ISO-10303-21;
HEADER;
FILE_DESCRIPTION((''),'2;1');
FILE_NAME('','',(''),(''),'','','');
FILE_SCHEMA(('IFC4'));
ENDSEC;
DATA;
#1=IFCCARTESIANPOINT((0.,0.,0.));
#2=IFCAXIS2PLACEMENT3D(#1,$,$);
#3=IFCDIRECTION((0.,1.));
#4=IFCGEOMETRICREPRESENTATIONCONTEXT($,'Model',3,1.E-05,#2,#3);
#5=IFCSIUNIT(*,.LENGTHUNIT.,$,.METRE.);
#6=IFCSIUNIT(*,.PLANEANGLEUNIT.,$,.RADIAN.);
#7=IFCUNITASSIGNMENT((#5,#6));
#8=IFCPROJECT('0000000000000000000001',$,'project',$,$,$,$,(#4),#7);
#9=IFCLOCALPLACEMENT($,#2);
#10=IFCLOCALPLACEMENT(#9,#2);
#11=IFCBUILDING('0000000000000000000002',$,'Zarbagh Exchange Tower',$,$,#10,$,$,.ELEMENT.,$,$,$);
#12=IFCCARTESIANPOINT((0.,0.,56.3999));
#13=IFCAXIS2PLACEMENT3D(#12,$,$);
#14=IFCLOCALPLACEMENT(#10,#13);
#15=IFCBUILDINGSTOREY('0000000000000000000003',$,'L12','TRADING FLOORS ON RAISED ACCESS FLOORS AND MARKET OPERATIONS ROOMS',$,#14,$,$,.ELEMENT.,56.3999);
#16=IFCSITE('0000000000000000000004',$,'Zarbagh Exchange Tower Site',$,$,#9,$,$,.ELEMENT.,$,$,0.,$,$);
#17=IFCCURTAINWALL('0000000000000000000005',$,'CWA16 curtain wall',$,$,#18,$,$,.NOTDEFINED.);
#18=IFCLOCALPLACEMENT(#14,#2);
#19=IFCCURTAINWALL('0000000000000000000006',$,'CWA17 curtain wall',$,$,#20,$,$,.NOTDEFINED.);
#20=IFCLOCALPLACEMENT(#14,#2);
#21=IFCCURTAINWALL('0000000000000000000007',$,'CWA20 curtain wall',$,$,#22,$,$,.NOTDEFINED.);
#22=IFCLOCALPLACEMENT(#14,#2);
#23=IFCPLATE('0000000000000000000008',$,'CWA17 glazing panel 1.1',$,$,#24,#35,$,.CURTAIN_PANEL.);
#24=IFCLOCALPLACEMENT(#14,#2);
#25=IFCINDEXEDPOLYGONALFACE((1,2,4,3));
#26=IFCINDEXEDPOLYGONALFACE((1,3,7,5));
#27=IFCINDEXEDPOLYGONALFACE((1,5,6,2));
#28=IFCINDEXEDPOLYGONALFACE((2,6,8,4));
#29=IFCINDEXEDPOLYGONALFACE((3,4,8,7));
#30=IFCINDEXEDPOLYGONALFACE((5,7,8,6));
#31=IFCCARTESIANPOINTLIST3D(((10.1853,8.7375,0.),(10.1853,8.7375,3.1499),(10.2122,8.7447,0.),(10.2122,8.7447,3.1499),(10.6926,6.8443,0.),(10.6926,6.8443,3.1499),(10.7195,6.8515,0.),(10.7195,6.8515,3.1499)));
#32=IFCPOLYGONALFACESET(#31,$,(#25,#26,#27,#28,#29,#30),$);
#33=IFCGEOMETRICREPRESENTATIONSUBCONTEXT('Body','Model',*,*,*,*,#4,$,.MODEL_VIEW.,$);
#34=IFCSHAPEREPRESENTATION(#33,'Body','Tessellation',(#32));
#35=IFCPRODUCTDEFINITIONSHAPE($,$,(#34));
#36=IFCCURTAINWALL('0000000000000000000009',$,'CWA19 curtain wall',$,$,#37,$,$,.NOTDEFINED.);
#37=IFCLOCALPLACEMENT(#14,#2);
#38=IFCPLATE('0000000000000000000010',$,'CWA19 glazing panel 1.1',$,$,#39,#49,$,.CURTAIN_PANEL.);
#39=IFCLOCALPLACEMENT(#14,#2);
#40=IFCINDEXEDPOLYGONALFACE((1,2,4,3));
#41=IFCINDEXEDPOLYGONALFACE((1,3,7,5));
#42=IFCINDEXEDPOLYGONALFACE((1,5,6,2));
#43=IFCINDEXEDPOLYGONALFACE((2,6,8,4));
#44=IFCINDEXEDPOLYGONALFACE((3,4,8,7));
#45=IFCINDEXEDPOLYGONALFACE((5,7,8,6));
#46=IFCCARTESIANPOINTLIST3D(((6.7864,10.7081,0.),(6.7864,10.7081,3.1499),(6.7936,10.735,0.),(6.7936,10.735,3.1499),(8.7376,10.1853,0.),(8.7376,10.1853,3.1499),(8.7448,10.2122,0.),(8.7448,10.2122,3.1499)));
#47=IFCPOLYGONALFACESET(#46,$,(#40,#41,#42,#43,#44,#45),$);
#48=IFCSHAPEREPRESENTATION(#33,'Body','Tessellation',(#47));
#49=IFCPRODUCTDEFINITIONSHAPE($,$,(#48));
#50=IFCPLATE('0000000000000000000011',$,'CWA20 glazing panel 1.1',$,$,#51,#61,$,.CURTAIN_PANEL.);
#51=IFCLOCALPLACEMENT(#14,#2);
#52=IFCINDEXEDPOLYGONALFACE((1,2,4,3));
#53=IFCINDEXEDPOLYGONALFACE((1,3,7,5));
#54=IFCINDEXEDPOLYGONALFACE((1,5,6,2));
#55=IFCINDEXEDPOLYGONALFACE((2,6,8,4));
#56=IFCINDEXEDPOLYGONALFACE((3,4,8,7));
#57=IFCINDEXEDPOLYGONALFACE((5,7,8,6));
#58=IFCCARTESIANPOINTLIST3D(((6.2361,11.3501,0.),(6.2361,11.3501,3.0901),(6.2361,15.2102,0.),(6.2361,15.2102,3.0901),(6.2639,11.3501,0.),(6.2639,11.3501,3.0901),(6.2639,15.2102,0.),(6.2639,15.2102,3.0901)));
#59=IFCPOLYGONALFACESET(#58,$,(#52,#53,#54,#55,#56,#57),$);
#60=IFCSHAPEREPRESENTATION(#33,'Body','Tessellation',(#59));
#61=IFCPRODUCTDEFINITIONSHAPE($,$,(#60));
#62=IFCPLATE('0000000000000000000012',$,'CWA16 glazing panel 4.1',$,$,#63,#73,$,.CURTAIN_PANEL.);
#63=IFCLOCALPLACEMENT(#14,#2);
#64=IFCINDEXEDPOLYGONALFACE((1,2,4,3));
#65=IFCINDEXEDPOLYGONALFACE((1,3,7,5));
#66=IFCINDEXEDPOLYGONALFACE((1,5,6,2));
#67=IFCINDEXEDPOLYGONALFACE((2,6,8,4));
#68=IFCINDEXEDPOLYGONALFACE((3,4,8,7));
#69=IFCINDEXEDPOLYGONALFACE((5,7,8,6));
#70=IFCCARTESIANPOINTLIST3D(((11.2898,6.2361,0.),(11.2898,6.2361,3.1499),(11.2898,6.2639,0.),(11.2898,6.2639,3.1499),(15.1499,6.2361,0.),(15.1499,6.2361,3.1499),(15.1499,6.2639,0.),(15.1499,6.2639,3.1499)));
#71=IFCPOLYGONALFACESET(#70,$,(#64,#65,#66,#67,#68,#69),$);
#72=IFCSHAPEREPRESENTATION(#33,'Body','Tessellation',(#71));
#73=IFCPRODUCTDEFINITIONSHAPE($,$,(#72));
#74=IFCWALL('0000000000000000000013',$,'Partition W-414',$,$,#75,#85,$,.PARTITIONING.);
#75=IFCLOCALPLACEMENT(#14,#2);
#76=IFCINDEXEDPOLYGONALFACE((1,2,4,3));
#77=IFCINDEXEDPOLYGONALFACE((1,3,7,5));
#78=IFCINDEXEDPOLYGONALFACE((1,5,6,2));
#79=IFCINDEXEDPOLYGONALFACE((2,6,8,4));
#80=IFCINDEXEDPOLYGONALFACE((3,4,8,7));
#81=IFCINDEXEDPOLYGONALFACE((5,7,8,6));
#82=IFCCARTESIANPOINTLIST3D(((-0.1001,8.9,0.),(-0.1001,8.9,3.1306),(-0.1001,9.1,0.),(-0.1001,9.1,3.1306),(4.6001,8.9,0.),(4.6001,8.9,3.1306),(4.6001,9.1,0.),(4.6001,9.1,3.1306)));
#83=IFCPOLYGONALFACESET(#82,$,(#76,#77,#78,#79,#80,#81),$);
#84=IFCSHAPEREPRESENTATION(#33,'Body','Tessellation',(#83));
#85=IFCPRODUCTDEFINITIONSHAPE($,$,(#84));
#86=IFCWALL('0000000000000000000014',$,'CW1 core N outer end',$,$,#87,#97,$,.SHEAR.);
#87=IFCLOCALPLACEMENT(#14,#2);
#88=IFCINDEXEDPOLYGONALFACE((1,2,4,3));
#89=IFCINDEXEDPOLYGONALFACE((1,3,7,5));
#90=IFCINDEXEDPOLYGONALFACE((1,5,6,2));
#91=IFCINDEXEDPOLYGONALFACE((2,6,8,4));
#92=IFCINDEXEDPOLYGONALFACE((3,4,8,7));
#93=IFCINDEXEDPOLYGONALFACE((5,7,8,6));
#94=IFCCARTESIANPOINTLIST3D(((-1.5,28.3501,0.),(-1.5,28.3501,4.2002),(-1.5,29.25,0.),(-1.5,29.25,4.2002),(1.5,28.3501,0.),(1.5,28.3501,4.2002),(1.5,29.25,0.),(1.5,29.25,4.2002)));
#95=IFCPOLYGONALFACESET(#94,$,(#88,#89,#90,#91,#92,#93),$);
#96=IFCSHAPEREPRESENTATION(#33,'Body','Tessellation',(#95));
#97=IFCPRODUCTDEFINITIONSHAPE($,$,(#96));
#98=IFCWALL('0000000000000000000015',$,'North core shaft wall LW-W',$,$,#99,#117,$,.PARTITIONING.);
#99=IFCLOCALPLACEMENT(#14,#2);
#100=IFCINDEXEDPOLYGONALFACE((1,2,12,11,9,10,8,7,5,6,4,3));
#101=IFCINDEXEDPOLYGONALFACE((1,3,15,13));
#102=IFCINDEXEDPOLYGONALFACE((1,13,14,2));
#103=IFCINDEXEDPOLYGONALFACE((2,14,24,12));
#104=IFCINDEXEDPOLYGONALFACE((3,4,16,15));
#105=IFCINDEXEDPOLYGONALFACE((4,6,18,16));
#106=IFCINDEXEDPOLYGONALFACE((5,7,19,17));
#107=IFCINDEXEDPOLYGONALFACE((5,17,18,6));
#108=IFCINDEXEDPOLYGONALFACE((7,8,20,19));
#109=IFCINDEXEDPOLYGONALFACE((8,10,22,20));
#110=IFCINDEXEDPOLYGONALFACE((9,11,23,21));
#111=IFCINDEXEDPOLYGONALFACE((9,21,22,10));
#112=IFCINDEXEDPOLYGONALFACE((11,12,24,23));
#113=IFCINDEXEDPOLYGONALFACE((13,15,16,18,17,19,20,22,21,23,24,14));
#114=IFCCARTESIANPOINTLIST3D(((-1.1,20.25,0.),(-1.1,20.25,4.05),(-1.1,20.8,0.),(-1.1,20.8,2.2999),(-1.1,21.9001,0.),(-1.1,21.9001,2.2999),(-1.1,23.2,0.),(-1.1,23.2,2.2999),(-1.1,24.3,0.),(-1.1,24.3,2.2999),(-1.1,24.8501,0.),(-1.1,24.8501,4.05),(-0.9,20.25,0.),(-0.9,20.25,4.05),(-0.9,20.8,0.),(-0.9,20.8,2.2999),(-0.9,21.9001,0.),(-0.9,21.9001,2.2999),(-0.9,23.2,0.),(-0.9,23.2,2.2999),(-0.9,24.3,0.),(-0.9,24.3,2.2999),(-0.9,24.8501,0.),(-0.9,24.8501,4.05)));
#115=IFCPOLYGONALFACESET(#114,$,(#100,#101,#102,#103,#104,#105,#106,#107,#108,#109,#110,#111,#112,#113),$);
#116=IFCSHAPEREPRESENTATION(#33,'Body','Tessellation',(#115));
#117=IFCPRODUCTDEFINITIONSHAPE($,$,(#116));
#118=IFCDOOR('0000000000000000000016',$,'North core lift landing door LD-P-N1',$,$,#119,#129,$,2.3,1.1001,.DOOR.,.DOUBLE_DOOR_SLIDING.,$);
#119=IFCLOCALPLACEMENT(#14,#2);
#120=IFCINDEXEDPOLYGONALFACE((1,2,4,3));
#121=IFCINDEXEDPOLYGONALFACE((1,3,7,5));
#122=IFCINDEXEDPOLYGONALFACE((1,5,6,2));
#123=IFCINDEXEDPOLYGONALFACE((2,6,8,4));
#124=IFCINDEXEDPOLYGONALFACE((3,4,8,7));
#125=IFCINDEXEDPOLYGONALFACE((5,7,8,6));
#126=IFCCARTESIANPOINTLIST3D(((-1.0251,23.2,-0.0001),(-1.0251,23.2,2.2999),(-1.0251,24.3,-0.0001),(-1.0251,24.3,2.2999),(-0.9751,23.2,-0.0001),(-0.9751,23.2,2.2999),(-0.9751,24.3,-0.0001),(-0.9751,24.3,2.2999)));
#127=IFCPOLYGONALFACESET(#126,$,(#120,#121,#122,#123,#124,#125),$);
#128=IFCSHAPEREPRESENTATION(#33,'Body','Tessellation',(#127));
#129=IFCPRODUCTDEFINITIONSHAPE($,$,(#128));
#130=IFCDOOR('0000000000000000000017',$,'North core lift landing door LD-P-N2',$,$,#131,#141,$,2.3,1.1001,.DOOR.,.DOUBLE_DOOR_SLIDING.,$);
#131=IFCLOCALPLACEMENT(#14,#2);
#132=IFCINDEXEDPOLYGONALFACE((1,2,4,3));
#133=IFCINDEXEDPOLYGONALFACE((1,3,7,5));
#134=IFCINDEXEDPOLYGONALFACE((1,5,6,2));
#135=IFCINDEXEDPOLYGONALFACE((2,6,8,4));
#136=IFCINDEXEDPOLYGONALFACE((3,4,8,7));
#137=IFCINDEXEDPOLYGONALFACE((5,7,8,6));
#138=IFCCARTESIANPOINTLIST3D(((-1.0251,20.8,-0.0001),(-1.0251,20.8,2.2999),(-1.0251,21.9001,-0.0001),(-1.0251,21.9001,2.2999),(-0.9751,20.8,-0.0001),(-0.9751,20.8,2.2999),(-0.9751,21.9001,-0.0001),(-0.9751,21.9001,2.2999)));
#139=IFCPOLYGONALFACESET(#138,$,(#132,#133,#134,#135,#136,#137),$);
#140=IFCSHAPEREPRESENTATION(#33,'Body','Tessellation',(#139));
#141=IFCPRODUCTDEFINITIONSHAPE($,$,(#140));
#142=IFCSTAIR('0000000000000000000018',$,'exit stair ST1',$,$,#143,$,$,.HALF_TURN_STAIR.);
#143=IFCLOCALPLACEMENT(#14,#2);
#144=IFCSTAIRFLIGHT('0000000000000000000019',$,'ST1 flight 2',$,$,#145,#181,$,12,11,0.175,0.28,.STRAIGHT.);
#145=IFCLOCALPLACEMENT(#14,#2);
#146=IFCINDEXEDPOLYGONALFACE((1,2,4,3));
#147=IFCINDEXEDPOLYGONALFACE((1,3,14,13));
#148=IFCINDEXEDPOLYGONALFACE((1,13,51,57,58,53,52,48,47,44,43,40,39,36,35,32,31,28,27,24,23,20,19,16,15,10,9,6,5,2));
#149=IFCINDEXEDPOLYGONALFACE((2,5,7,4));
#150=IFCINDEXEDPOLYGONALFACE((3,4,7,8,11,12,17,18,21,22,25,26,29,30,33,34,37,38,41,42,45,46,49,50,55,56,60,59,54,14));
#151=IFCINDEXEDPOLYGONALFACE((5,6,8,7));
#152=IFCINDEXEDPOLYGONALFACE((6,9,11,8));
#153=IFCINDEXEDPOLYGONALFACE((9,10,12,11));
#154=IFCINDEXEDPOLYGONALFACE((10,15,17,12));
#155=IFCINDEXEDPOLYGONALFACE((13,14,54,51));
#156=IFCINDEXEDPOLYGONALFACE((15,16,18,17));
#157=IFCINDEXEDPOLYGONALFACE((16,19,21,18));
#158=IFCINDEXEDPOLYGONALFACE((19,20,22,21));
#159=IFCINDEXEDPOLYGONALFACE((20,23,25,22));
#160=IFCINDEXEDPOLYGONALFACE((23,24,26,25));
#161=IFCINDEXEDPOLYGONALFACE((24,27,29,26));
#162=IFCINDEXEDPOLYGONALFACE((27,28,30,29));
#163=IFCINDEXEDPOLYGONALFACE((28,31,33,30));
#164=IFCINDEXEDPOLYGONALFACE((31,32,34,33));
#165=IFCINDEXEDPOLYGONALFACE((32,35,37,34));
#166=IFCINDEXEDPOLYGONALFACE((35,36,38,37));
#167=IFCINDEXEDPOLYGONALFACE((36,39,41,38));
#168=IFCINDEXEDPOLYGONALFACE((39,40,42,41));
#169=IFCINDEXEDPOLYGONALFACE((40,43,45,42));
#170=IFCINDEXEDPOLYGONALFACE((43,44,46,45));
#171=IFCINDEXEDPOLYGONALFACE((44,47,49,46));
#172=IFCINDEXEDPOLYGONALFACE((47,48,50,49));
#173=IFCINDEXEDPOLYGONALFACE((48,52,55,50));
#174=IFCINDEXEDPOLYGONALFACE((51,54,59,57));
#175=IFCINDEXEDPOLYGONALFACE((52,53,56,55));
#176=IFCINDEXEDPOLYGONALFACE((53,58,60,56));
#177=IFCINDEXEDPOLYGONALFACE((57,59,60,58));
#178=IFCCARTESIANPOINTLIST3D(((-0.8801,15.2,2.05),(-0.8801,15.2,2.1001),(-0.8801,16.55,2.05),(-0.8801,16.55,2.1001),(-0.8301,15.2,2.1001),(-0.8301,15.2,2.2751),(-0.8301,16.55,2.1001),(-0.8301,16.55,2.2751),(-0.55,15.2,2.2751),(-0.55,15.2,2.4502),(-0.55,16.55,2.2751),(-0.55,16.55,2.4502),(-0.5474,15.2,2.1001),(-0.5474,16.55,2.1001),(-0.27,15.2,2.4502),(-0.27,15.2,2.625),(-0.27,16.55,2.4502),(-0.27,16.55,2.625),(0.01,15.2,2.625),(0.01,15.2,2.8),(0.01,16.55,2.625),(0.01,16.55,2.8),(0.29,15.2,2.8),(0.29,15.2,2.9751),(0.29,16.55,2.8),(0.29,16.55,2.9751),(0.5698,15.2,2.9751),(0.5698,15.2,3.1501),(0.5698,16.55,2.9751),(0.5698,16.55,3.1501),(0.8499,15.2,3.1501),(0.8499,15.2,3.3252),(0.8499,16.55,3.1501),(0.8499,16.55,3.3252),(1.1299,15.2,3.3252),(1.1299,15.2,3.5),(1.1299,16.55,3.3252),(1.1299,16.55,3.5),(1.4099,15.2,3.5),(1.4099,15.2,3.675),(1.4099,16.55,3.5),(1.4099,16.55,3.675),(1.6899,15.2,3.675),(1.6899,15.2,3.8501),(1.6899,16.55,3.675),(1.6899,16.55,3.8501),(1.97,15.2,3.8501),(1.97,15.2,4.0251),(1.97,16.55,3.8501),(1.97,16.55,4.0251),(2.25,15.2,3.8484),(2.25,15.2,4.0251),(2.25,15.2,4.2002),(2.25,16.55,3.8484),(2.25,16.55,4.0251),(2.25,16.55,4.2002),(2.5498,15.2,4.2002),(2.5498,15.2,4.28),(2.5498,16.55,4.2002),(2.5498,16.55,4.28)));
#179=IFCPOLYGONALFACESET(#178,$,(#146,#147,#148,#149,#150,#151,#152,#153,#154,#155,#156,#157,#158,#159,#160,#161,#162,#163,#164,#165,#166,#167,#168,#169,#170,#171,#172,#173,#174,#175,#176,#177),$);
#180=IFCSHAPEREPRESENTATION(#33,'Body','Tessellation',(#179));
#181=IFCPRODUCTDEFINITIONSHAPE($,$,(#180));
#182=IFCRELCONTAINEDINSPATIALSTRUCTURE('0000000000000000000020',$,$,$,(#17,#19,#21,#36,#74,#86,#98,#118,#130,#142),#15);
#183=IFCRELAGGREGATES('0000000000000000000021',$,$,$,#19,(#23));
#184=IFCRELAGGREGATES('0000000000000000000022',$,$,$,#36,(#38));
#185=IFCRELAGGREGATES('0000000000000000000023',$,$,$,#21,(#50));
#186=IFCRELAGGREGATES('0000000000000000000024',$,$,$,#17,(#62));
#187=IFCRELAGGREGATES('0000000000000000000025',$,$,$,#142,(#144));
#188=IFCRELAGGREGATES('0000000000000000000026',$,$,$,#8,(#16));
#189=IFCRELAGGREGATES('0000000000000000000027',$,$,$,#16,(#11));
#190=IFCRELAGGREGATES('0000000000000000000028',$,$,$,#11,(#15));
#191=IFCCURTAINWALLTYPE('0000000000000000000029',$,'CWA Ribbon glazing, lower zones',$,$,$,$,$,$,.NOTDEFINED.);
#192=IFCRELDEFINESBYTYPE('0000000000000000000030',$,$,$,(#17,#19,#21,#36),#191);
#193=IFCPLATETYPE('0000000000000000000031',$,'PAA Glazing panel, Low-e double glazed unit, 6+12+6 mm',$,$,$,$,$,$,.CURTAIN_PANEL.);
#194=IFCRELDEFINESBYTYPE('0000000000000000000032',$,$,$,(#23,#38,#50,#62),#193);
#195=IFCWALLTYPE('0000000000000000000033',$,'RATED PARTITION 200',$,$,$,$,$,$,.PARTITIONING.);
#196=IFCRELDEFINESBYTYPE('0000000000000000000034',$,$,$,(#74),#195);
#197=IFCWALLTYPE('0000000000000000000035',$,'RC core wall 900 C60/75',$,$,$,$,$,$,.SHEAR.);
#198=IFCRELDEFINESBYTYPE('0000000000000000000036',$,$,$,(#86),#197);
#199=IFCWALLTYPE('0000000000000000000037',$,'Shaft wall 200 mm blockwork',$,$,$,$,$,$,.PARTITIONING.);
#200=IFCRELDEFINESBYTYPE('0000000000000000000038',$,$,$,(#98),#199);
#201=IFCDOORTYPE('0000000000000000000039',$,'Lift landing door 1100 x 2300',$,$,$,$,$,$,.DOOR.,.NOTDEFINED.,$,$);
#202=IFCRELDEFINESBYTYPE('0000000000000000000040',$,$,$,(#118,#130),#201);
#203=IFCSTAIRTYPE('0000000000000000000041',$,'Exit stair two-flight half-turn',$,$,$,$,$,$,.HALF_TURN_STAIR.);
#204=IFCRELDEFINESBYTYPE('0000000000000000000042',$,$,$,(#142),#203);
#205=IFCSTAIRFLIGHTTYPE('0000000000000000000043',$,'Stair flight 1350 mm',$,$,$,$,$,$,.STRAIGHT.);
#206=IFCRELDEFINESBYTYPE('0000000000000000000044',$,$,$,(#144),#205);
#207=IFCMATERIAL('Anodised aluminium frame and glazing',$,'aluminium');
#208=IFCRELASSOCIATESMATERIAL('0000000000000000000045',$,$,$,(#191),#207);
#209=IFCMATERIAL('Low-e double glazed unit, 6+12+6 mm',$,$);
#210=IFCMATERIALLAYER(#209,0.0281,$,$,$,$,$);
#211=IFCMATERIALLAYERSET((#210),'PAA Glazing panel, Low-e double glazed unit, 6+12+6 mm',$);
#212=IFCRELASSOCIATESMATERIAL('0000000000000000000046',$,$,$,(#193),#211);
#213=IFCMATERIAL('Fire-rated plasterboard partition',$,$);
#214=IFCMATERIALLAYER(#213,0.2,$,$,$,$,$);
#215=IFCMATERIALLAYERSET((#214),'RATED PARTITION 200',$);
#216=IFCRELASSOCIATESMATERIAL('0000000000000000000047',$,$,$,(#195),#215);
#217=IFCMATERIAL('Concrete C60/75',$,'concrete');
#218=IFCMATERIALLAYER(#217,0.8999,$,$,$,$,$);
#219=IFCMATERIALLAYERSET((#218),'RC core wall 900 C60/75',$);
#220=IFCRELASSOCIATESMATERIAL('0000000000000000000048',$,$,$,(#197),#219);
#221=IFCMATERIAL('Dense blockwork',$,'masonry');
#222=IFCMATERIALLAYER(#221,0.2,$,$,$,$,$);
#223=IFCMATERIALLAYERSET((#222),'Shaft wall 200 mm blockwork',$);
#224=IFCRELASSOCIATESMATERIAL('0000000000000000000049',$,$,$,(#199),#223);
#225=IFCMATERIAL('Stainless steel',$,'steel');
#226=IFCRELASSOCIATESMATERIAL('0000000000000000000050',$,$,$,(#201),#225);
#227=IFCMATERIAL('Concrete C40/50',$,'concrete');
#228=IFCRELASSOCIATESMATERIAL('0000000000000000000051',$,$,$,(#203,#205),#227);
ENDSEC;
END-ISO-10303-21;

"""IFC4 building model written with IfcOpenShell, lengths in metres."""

from ifc_helpers import new_model, si_unit, direction, frame, frame_2d, origin, place, context, subcontext, project, spatial, polyline, rectangle, outline, extrude, source, transform, mapped, material, layer, layer_set, type_object, element, fill, aggregate, save


model = new_model("IFC4")

# Units and contexts
model_context = context("Model", 3, precision=1e-05, world=origin(), true_north=direction((0.0, 1.0)))
body_context = subcontext(model_context, "Body", "Model", "MODEL_VIEW")
ifc_project = project(units=[si_unit("LENGTHUNIT", "METRE"), si_unit("PLANEANGLEUNIT", "RADIAN")], contexts=[model_context])

# Site, building, storey
site_placement = place(None, origin())
site = spatial("IfcSite", under=ifc_project, at=site_placement, Name="Zarbagh Exchange Tower Site", CompositionType="ELEMENT", RefElevation=0.0)
building_placement = place(site_placement, origin())
building = spatial("IfcBuilding", under=site, at=building_placement, Name="Zarbagh Exchange Tower", CompositionType="ELEMENT")
storey_placement = place(building_placement, frame((0.0, 0.0, 56.3999)))
storey = spatial("IfcBuildingStorey", under=building, at=storey_placement, Name="L12", Description="TRADING FLOORS ON RAISED ACCESS FLOORS AND MARKET OPERATIONS ROOMS", CompositionType="ELEMENT", Elevation=56.3999)

# Shared definitions
ifc_material_1 = material(Name="Concrete C60/75", Category="concrete")

# Curtain wall
ifc_material_2 = material(Name="Anodised aluminium frame and glazing", Category="aluminium")
curtain_wall_type = type_object("IfcCurtainWallType", Name="CWA Ribbon glazing, lower zones", PredefinedType="NOTDEFINED", material=ifc_material_2)
curtain_wall_1_placement = place(storey_placement, origin())
curtain_wall_1 = element("IfcCurtainWall", 1, at=curtain_wall_1_placement, inside=storey, type_object=curtain_wall_type, Name="CWA16 curtain wall", PredefinedType="NOTDEFINED")
placement = place(storey_placement, origin())

# Curtain wall
curtain_wall_2_placement = place(storey_placement, origin())
curtain_wall_2 = element("IfcCurtainWall", 2, at=curtain_wall_2_placement, inside=storey, type_object=curtain_wall_type, Name="CWA17 curtain wall", PredefinedType="NOTDEFINED")

# Curtain wall
curtain_wall_3_placement = place(storey_placement, origin())
curtain_wall_3 = element("IfcCurtainWall", 3, at=curtain_wall_3_placement, inside=storey, type_object=curtain_wall_type, Name="CWA20 curtain wall", PredefinedType="NOTDEFINED")

# Shared definitions
ifc_material_3 = material(Name="Low-e double glazed unit, 6+12+6 mm")
ifc_layer_1 = layer(ifc_material_3, 0.0281)
ifc_layer_set_1 = layer_set([ifc_layer_1], Name="PAA Glazing panel, Low-e double glazed unit, 6+12+6 mm")
plate_type = type_object("IfcPlateType", Name="PAA Glazing panel, Low-e double glazed unit, 6+12+6 mm", PredefinedType="CURTAIN_PANEL", material=ifc_layer_set_1)

# Plate
shared_shape_1 = source(origin(), body_context, "Body", "SweptSolid", [
    extrude(outline(polyline([(0.0, -0.0139), (1.96, -0.0139), (1.96, 0.0139), (0.0, 0.0139), (0.0, -0.0139)])), origin(), (0.0, 0.0, 1.0), 3.1499),
])
plate_1 = element("IfcPlate", 4, at=placement, type_object=plate_type, Name="CWA17 glazing panel 1.1", PredefinedType="CURTAIN_PANEL", context=body_context, shape_type="MappedRepresentation", body=[
    mapped(shared_shape_1, transform((10.7061, 6.8479, 0.0), x_axis=(-0.258825, 0.965924, 0.0), y_axis=(-0.965924, -0.258825, 0.0), z_axis=(0.0, 0.0, 1.0))),
])
aggregate(curtain_wall_2, [plate_1])

# Curtain wall, plate
curtain_wall_4_placement = place(storey_placement, origin())
curtain_wall_4 = element("IfcCurtainWall", 5, at=curtain_wall_4_placement, inside=storey, type_object=curtain_wall_type, Name="CWA19 curtain wall", PredefinedType="NOTDEFINED")
shared_shape_2 = source(origin(), body_context, "Body", "SweptSolid", [
    extrude(outline(polyline([(0.0, -0.0139), (2.02, -0.0139), (2.02, 0.0139), (0.0, 0.0139), (0.0, -0.0139)])), origin(), (0.0, 0.0, 1.0), 3.1499),
])
plate_2 = element("IfcPlate", 6, at=placement, type_object=plate_type, Name="CWA19 glazing panel 1.1", PredefinedType="CURTAIN_PANEL", context=body_context, shape_type="MappedRepresentation", body=[
    mapped(shared_shape_2, transform((8.7412, 10.1987, 0.0), x_axis=(-0.965924, 0.258825, 0.0), y_axis=(-0.258825, -0.965924, 0.0), z_axis=(0.0, 0.0, 1.0))),
])
aggregate(curtain_wall_4, [plate_2])

# Plates
shared_shape_3 = source(origin(), body_context, "Body", "SweptSolid", [
    extrude(outline(polyline([(0.0, -0.0139), (3.8601, -0.0139), (3.8601, 0.0139), (0.0, 0.0139), (0.0, -0.0139)])), origin(), (0.0, 0.0, 1.0), 3.0901),
])
plate_3 = element("IfcPlate", 7, at=placement, type_object=plate_type, Name="CWA20 glazing panel 1.1", PredefinedType="CURTAIN_PANEL", context=body_context, shape_type="MappedRepresentation", body=[
    mapped(shared_shape_3, transform((6.25, 11.3501, 0.0), x_axis=(0.0, 1.0, 0.0), y_axis=(-1.0, 0.0, 0.0), z_axis=(0.0, 0.0, 1.0))),
])
aggregate(curtain_wall_3, [plate_3])
shared_shape_4 = source(origin(), body_context, "Body", "SweptSolid", [
    extrude(outline(polyline([(0.0, -0.0139), (3.8601, -0.0139), (3.8601, 0.0139), (0.0, 0.0139), (0.0, -0.0139)])), origin(), (0.0, 0.0, 1.0), 3.1499),
])
plate_4 = element("IfcPlate", 8, at=placement, type_object=plate_type, Name="CWA16 glazing panel 4.1", PredefinedType="CURTAIN_PANEL", context=body_context, shape_type="MappedRepresentation", body=[
    mapped(shared_shape_4, transform((15.1499, 6.25, 0.0), x_axis=(-1.0, 0.0, 0.0), y_axis=(0.0, -1.0, 0.0), z_axis=(0.0, 0.0, 1.0))),
])
aggregate(curtain_wall_1, [plate_4])

# Walls
ifc_material_4 = material(Name="Fire-rated plasterboard partition")
ifc_layer_2 = layer(ifc_material_4, 0.2)
ifc_layer_set_2 = layer_set([ifc_layer_2], Name="RATED PARTITION 200")
wall_type_1 = type_object("IfcWallType", Name="RATED PARTITION 200", PredefinedType="PARTITIONING", material=ifc_layer_set_2)
wall_1_placement = place(storey_placement, frame((-0.1001, 9.0, 0.0), z_axis=(0.0, 0.0, 1.0), x_axis=(1.0, 0.0, 0.0)))
element("IfcWall", 9, at=wall_1_placement, inside=storey, type_object=wall_type_1, Name="Partition W-414", PredefinedType="PARTITIONING", context=body_context, shape_type="SweptSolid", body=[
    extrude(rectangle(XDim=4.7002, YDim=0.2, at=frame_2d((2.3501, 0.0))), origin(), (0.0, 0.0, 1.0), 3.1306),
])
ifc_layer_3 = layer(ifc_material_1, 0.8999)
ifc_layer_set_3 = layer_set([ifc_layer_3], Name="RC core wall 900 C60/75")
wall_type_2 = type_object("IfcWallType", Name="RC core wall 900 C60/75", PredefinedType="SHEAR", material=ifc_layer_set_3)
wall_2_placement = place(storey_placement, frame((-1.5, 28.8, 0.0), z_axis=(0.0, 0.0, 1.0), x_axis=(1.0, 0.0, 0.0)))
element("IfcWall", 10, at=wall_2_placement, inside=storey, type_object=wall_type_2, Name="CW1 core N outer end", PredefinedType="SHEAR", context=body_context, shape_type="SweptSolid", body=[
    extrude(rectangle(XDim=3.0, YDim=0.8999, at=frame_2d((1.5, 0.0))), origin(), (0.0, 0.0, 1.0), 4.2002),
])

# Wall, openings, doors
ifc_material_5 = material(Name="Dense blockwork", Category="masonry")
ifc_layer_4 = layer(ifc_material_5, 0.2)
ifc_layer_set_4 = layer_set([ifc_layer_4], Name="Shaft wall 200 mm blockwork")
wall_type_3 = type_object("IfcWallType", Name="Shaft wall 200 mm blockwork", PredefinedType="PARTITIONING", material=ifc_layer_set_4)
wall_3_placement = place(storey_placement, frame((-1.0, 24.8501, 0.0), z_axis=(0.0, 0.0, 1.0), x_axis=(0.0, -1.0, 0.0)))
wall_3 = element("IfcWall", 11, at=wall_3_placement, inside=storey, type_object=wall_type_3, Name="North core shaft wall LW-W", PredefinedType="PARTITIONING", context=body_context, shape_type="SweptSolid", body=[
    extrude(rectangle(XDim=4.6001, YDim=0.2, at=frame_2d((2.3, 0.0))), origin(), (0.0, 0.0, 1.0), 4.05),
])
opening_1_placement = place(wall_3_placement, frame((0.55, 0.0, 0.0)))
opening_1 = element("IfcOpeningElement", 12, at=opening_1_placement, cuts=wall_3, PredefinedType="OPENING", context=body_context, shape_type="SweptSolid", body=[
    extrude(rectangle(XDim=1.1001, YDim=2.3, at=frame_2d((0.55, 1.1499))), frame((0.0, 0.1099, 0.0), z_axis=(0.0, -1.0, 0.0), x_axis=(1.0, 0.0, 0.0)), (0.0, 0.0, 1.0), 0.22),
])
opening_2_placement = place(wall_3_placement, frame((2.95, 0.0, 0.0)))
opening_2 = element("IfcOpeningElement", 13, at=opening_2_placement, cuts=wall_3, PredefinedType="OPENING", context=body_context, shape_type="SweptSolid", body=[
    extrude(rectangle(XDim=1.1001, YDim=2.3, at=frame_2d((0.55, 1.1499))), frame((0.0, 0.1099, 0.0), z_axis=(0.0, -1.0, 0.0), x_axis=(1.0, 0.0, 0.0)), (0.0, 0.0, 1.0), 0.22),
])
ifc_material_6 = material(Name="Stainless steel", Category="steel")
door_type = type_object("IfcDoorType", Name="Lift landing door 1100 x 2300", OperationType="NOTDEFINED", PredefinedType="DOOR", material=ifc_material_6)
door_1_placement = place(opening_1_placement, origin())
door_1 = element("IfcDoor", 14, at=door_1_placement, inside=storey, type_object=door_type, Name="North core lift landing door LD-P-N1", OperationType="DOUBLE_DOOR_SLIDING", OverallHeight=2.3, OverallWidth=1.1001, PredefinedType="DOOR", context=body_context, shape_type="SweptSolid", body=[
    extrude(rectangle(XDim=1.1001, YDim=2.3, at=frame_2d((0.55, 1.1499))), frame((0.0, 0.0249, 0.0), z_axis=(0.0, -1.0, 0.0), x_axis=(1.0, 0.0, 0.0)), (0.0, 0.0, 1.0), 0.05),
])
fill(opening_1, door_1)
door_2_placement = place(opening_2_placement, origin())
door_2 = element("IfcDoor", 15, at=door_2_placement, inside=storey, type_object=door_type, Name="North core lift landing door LD-P-N2", OperationType="DOUBLE_DOOR_SLIDING", OverallHeight=2.3, OverallWidth=1.1001, PredefinedType="DOOR", context=body_context, shape_type="SweptSolid", body=[
    extrude(rectangle(XDim=1.1001, YDim=2.3, at=frame_2d((0.55, 1.1499))), frame((0.0, 0.0249, 0.0), z_axis=(0.0, -1.0, 0.0), x_axis=(1.0, 0.0, 0.0)), (0.0, 0.0, 1.0), 0.05),
])
fill(opening_2, door_2)

# Stair, stair flight
ifc_material_7 = material(Name="Concrete C40/50", Category="concrete")
stair_type = type_object("IfcStairType", Name="Exit stair two-flight half-turn", PredefinedType="HALF_TURN_STAIR", material=ifc_material_7)
stair_1_placement = place(storey_placement, origin())
stair_1 = element("IfcStair", 16, at=stair_1_placement, inside=storey, type_object=stair_type, Name="exit stair ST1", PredefinedType="HALF_TURN_STAIR")
stair_flight_type = type_object("IfcStairFlightType", Name="Stair flight 1350 mm", PredefinedType="STRAIGHT", material=ifc_material_7)
stair_flight_1_placement = place(storey_placement, frame((-0.8301, 15.875, 2.1001), z_axis=(0.0, 0.0, 1.0), x_axis=(1.0, 0.0, 0.0)))
stair_flight_1 = element("IfcStairFlight", 17, at=stair_flight_1_placement, type_object=stair_flight_type, Name="ST1 flight 2", NumberOfRisers=12, NumberOfTreads=11, PredefinedType="STRAIGHT", RiserHeight=0.175, TreadLength=0.28, context=body_context, shape_type="SweptSolid", body=[
    extrude(outline(polyline([(-0.05, -0.05), (-0.05, 0.0), (0.0, 0.0), (0.0, 0.175), (0.28, 0.175), (0.28, 0.3501), (0.5601, 0.3501), (0.5601, 0.5249), (0.8401, 0.5249), (0.8401, 0.7), (1.1201, 0.7), (1.1201, 0.875), (1.3999, 0.875), (1.3999, 1.05), (1.6799, 1.05), (1.6799, 1.2251), (1.96, 1.2251), (1.96, 1.3999), (2.24, 1.3999), (2.24, 1.575), (2.52, 1.575), (2.52, 1.75), (2.8, 1.75), (2.8, 1.925), (3.0801, 1.925), (3.0801, 2.1001), (3.3799, 2.1799), (3.3799, 2.1001), (3.0801, 1.7483), (0.2827, 0.0), (-0.05, -0.05)])), frame((0.0, 0.675, 0.0), z_axis=(0.0, -1.0, 0.0), x_axis=(1.0, 0.0, 0.0)), (0.0, 0.0, 1.0), 1.3501),
])
aggregate(stair_1, [stair_flight_1])

save(model, "model.ifc")
